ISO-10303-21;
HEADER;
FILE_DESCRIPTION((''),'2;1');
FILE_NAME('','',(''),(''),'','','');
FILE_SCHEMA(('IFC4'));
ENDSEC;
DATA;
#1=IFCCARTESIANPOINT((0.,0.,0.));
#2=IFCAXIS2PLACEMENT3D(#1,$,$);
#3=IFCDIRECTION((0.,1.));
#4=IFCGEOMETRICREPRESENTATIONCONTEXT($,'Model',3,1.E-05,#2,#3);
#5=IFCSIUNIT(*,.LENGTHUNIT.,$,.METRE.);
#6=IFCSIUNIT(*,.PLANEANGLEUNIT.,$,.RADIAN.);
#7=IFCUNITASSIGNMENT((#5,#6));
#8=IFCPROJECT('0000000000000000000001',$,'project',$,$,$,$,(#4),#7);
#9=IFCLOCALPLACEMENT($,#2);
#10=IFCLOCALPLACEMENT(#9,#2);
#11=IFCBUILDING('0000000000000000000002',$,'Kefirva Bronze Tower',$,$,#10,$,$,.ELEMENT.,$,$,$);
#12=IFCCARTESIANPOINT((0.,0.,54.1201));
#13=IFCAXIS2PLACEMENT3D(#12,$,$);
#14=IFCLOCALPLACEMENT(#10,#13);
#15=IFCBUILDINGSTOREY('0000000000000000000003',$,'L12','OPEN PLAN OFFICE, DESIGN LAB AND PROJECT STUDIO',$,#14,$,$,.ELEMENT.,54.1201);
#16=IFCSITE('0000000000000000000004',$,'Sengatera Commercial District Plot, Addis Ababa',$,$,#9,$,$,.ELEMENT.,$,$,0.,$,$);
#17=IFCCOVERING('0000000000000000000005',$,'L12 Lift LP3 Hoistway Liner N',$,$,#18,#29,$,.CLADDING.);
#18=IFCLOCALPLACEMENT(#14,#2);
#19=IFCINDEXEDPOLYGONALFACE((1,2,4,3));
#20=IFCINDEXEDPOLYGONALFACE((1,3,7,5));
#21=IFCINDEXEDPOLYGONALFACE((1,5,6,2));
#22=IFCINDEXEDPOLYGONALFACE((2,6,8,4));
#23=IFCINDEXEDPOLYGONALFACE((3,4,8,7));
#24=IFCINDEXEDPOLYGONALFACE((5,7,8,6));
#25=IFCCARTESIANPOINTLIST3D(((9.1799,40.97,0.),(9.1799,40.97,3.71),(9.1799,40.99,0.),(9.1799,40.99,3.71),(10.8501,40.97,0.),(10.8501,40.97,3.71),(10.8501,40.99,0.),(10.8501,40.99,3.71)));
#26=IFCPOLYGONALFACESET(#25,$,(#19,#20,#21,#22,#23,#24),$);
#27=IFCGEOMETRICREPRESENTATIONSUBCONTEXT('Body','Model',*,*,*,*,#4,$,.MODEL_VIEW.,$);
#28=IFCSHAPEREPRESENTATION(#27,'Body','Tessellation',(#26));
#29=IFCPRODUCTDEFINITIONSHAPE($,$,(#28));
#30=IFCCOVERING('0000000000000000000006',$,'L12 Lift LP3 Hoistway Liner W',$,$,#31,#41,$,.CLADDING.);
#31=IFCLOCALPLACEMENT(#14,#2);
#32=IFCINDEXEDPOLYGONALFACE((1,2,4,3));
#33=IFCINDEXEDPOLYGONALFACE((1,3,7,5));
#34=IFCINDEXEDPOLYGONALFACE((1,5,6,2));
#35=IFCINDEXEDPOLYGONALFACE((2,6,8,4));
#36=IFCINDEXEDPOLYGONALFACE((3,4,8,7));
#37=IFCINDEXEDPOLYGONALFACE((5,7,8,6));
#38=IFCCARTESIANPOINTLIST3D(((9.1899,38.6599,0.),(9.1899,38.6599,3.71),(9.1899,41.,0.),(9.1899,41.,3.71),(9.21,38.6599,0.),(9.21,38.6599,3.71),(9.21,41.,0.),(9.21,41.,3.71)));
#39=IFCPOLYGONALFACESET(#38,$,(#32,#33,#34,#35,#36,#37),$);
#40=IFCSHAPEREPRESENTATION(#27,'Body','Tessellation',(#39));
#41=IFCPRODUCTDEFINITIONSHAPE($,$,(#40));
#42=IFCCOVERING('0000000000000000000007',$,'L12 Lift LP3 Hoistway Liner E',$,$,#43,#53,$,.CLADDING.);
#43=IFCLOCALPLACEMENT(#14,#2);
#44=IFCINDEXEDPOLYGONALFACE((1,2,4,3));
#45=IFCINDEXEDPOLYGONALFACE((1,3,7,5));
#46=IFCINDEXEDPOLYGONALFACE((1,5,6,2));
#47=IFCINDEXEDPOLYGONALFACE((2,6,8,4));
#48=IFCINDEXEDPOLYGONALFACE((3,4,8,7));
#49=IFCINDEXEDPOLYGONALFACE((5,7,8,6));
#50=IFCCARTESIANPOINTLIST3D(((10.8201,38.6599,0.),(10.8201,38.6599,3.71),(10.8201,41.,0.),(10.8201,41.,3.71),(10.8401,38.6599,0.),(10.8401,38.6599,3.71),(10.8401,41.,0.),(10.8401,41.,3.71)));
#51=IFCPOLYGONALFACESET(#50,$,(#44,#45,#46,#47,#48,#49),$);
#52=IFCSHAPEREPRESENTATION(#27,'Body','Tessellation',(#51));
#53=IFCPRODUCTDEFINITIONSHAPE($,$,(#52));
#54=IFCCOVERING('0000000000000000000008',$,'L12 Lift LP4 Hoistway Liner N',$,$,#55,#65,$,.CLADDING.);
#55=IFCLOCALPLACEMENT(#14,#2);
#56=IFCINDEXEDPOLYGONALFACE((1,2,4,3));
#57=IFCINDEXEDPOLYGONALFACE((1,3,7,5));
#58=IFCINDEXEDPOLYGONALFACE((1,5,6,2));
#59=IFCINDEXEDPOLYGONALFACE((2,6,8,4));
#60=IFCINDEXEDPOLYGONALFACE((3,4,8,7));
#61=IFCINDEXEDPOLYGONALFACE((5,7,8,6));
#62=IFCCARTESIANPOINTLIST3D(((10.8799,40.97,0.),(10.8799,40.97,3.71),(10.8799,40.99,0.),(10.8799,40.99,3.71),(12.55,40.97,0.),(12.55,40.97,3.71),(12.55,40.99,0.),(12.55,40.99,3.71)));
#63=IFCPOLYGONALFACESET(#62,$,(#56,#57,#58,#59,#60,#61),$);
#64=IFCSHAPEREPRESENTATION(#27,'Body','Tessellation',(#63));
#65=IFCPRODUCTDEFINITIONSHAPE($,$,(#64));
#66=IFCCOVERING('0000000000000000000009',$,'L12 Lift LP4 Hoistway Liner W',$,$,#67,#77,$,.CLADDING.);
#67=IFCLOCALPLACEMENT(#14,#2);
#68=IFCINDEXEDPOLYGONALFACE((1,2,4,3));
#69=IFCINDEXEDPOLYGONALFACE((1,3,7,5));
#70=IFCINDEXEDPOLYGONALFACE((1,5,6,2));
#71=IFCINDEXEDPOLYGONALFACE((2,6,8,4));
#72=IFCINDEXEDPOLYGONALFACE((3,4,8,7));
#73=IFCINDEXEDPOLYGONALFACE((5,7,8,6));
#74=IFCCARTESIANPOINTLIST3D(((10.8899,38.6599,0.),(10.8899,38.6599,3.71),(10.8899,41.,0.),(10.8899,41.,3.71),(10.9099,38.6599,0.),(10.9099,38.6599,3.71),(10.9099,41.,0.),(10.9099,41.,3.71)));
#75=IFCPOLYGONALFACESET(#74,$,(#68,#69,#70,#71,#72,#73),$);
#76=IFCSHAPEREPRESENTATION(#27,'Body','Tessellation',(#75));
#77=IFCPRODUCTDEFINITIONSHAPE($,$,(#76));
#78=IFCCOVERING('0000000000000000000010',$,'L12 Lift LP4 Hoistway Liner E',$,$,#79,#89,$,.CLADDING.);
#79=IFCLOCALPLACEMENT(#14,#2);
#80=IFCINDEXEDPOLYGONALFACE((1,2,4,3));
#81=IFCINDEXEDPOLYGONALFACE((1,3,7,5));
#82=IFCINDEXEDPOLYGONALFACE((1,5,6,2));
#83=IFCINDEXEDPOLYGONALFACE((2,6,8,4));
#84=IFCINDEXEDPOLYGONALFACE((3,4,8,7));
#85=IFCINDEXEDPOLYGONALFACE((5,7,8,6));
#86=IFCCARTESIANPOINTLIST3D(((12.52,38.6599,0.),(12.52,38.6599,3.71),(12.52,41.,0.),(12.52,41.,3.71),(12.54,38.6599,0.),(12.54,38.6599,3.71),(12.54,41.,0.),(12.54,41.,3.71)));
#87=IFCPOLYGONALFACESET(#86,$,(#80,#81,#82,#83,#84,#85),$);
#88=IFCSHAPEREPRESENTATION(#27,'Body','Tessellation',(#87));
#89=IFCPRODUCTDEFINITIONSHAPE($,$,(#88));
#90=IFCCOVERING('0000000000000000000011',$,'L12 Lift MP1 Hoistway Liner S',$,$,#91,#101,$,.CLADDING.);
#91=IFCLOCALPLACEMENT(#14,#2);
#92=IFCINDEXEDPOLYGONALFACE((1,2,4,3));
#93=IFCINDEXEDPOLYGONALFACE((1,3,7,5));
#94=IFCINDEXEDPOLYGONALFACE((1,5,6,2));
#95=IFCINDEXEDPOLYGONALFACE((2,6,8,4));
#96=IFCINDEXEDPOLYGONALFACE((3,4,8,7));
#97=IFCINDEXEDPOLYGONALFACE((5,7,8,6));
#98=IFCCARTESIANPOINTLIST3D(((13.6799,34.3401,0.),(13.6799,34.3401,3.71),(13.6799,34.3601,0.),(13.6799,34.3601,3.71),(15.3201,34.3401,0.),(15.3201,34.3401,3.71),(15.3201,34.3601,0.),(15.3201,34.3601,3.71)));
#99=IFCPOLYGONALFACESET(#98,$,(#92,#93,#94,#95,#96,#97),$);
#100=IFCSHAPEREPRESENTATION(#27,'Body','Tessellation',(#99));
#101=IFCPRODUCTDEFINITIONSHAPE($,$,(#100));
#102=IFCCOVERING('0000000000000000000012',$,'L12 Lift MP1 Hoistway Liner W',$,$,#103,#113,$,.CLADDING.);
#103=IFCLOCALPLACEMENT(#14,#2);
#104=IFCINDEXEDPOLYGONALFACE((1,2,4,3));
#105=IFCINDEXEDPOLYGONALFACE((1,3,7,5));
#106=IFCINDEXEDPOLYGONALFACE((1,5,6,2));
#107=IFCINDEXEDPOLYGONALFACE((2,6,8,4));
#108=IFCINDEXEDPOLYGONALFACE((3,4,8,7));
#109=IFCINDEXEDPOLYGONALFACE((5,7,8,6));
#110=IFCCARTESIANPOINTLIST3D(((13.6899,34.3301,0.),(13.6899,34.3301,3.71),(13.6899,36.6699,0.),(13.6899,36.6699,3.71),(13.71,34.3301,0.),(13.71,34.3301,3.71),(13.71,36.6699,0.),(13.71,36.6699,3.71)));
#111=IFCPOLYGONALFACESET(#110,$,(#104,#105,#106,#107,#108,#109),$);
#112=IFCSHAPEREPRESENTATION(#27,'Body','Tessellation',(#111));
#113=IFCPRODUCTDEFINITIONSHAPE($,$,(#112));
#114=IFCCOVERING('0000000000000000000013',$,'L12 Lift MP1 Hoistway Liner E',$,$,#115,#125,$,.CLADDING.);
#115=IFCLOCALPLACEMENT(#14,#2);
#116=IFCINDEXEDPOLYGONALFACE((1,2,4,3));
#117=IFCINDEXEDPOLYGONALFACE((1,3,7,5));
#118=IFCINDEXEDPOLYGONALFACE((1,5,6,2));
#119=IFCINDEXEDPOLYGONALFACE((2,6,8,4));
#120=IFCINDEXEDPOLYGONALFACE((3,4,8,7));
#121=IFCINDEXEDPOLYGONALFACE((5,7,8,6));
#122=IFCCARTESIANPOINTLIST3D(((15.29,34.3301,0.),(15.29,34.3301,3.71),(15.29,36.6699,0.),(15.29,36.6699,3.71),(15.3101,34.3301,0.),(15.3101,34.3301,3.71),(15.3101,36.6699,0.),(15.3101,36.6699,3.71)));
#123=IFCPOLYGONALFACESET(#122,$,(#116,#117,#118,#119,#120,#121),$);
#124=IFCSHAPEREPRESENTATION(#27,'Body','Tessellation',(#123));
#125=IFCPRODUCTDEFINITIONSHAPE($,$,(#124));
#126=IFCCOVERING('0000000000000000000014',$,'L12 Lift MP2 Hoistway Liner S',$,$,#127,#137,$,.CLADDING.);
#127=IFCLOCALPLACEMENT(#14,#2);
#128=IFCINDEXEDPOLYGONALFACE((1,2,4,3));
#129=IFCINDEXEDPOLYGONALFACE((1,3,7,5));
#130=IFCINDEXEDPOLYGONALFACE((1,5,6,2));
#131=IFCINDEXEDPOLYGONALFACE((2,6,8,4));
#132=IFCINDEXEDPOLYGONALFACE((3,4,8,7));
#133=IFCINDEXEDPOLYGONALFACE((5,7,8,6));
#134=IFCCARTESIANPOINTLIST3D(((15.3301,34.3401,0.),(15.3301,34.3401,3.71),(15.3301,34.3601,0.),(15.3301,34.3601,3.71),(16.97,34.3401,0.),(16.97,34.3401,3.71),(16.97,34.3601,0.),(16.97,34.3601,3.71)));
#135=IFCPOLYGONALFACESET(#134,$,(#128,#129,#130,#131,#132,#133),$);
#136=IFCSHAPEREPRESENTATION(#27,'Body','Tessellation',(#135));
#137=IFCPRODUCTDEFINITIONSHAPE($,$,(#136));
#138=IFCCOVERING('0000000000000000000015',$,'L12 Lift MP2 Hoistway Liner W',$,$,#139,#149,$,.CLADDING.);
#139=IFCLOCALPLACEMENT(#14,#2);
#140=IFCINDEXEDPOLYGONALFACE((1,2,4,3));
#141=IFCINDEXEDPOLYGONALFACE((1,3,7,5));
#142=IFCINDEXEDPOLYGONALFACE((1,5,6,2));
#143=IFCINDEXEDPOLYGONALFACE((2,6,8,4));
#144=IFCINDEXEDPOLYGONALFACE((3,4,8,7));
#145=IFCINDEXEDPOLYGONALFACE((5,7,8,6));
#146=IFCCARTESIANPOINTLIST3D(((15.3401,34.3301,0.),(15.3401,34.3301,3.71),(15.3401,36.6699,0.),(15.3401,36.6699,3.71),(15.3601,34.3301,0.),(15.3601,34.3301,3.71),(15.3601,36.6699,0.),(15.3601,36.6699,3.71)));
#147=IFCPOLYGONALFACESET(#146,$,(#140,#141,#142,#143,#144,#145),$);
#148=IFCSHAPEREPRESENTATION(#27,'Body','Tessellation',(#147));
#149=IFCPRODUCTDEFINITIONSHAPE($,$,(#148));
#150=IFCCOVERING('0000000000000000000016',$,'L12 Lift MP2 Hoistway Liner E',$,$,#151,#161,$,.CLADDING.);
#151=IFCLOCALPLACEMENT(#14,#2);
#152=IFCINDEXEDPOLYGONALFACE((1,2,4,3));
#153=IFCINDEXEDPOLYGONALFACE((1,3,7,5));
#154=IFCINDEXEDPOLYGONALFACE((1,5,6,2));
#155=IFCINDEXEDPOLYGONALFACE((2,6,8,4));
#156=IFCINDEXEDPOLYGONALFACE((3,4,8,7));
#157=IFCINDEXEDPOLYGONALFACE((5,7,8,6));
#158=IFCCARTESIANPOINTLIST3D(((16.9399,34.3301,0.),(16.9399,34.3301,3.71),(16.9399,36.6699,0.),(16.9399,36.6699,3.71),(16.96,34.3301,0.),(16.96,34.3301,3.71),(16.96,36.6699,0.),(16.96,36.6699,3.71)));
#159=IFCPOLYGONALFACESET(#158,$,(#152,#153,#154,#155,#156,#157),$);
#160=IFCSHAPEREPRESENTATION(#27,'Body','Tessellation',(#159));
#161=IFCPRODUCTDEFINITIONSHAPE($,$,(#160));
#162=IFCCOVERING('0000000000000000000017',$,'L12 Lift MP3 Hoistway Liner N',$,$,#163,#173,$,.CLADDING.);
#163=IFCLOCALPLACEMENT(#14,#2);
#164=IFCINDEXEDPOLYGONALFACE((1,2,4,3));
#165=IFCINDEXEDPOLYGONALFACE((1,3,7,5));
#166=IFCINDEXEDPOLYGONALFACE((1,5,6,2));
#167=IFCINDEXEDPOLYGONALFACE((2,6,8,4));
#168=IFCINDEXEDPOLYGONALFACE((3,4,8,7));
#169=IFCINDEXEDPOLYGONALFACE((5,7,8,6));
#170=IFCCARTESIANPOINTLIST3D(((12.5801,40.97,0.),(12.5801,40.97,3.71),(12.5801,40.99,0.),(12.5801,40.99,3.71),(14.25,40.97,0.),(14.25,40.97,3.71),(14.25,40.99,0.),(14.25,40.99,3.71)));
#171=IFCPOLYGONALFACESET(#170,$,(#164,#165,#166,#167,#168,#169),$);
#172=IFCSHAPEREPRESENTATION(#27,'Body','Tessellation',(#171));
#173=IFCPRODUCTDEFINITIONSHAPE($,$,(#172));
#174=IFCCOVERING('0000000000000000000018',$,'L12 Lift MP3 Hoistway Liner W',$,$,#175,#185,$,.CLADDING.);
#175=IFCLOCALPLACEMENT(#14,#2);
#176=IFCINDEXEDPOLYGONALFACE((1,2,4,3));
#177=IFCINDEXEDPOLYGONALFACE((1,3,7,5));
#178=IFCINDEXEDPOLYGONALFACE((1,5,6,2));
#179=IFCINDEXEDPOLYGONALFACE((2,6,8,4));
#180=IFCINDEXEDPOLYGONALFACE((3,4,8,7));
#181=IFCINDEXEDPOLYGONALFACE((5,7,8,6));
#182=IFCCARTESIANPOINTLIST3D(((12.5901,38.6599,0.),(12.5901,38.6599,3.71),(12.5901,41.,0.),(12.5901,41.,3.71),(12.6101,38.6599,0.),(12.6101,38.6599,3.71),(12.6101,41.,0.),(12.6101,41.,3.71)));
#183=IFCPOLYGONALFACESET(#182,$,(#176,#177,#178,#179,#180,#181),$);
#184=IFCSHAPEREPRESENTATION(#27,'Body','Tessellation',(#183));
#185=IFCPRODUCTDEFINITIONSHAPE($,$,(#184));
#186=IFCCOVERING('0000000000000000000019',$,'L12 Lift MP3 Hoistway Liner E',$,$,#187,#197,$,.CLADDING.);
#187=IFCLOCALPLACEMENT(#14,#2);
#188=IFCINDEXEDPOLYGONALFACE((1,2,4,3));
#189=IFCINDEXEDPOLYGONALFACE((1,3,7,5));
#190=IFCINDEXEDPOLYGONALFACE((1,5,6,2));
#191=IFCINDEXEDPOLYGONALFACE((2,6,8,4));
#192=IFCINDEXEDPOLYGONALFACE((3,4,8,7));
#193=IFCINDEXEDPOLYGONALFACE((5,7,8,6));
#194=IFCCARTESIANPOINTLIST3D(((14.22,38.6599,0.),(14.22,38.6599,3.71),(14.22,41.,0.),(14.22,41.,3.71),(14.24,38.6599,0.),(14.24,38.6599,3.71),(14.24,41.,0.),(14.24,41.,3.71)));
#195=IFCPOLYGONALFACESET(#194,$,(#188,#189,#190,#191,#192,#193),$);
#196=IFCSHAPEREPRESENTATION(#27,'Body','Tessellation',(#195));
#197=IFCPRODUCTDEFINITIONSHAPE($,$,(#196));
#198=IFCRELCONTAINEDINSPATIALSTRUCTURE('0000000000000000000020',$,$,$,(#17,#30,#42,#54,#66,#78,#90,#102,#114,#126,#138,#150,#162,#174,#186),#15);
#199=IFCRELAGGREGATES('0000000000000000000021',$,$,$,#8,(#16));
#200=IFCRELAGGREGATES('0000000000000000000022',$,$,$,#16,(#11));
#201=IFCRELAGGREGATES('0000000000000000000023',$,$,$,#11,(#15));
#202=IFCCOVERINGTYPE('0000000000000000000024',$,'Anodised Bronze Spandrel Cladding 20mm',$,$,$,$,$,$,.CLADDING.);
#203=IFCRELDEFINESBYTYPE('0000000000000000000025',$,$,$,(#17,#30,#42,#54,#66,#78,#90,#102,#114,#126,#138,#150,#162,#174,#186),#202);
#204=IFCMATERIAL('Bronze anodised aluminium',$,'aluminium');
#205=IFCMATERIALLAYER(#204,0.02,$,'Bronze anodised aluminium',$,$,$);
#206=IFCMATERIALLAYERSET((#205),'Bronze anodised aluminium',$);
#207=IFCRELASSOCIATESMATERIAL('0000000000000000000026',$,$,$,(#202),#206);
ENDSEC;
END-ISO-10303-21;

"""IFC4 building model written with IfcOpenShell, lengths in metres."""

from ifc_helpers import new_model, si_unit, direction, frame, origin, place, context, subcontext, project, spatial, polyline, outline, extrude, material, layer, layer_set, type_object, element, save


model = new_model("IFC4")

# Units and contexts
model_context = context("Model", 3, precision=1e-05, world=origin(), true_north=direction((0.0, 1.0)))
body_context = subcontext(model_context, "Body", "Model", "MODEL_VIEW")
ifc_project = project(units=[si_unit("LENGTHUNIT", "METRE"), si_unit("PLANEANGLEUNIT", "RADIAN")], contexts=[model_context])

# Site, building, storey
site_placement = place(None, origin())
site = spatial("IfcSite", under=ifc_project, at=site_placement, Name="Sengatera Commercial District Plot, Addis Ababa", CompositionType="ELEMENT", RefElevation=0.0)
building_placement = place(site_placement, origin())
building = spatial("IfcBuilding", under=site, at=building_placement, Name="Kefirva Bronze Tower", CompositionType="ELEMENT")
storey_placement = place(building_placement, frame((0.0, 0.0, 54.1201)))
storey = spatial("IfcBuildingStorey", under=building, at=storey_placement, Name="L12", Description="OPEN PLAN OFFICE, DESIGN LAB AND PROJECT STUDIO", CompositionType="ELEMENT", Elevation=54.1201)

# Coverings
ifc_material = material(Name="Bronze anodised aluminium", Category="aluminium")
ifc_layer_1 = layer(ifc_material, 0.02, Name="Bronze anodised aluminium")
ifc_layer_set_1 = layer_set([ifc_layer_1], Name="Bronze anodised aluminium")
covering_type_1 = type_object("IfcCoveringType", Name="Anodised Bronze Spandrel Cladding 20mm", PredefinedType="CLADDING", material=ifc_layer_set_1)
covering_1_placement = place(storey_placement, origin())
element("IfcCovering", 1, at=covering_1_placement, inside=storey, type_object=covering_type_1, Name="L12 Lift LP3 Hoistway Liner N", PredefinedType="CLADDING", context=body_context, shape_type="SweptSolid", body=[
    extrude(outline(polyline([(9.1799, 40.97), (10.8501, 40.97), (10.8501, 40.99), (9.1799, 40.99), (9.1799, 40.97)])), origin(), (0.0, 0.0, 1.0), 3.71),
])
covering_2_placement = place(storey_placement, origin())
element("IfcCovering", 2, at=covering_2_placement, inside=storey, type_object=covering_type_1, Name="L12 Lift LP3 Hoistway Liner W", PredefinedType="CLADDING", context=body_context, shape_type="SweptSolid", body=[
    extrude(outline(polyline([(9.1899, 38.6599), (9.21, 38.6599), (9.21, 41.0), (9.1899, 41.0), (9.1899, 38.6599)])), origin(), (0.0, 0.0, 1.0), 3.71),
])
covering_3_placement = place(storey_placement, origin())
element("IfcCovering", 3, at=covering_3_placement, inside=storey, type_object=covering_type_1, Name="L12 Lift LP3 Hoistway Liner E", PredefinedType="CLADDING", context=body_context, shape_type="SweptSolid", body=[
    extrude(outline(polyline([(10.8201, 38.6599), (10.8401, 38.6599), (10.8401, 41.0), (10.8201, 41.0), (10.8201, 38.6599)])), origin(), (0.0, 0.0, 1.0), 3.71),
])
covering_4_placement = place(storey_placement, origin())
element("IfcCovering", 4, at=covering_4_placement, inside=storey, type_object=covering_type_1, Name="L12 Lift LP4 Hoistway Liner N", PredefinedType="CLADDING", context=body_context, shape_type="SweptSolid", body=[
    extrude(outline(polyline([(10.8799, 40.97), (12.55, 40.97), (12.55, 40.99), (10.8799, 40.99), (10.8799, 40.97)])), origin(), (0.0, 0.0, 1.0), 3.71),
])
covering_5_placement = place(storey_placement, origin())
element("IfcCovering", 5, at=covering_5_placement, inside=storey, type_object=covering_type_1, Name="L12 Lift LP4 Hoistway Liner W", PredefinedType="CLADDING", context=body_context, shape_type="SweptSolid", body=[
    extrude(outline(polyline([(10.8899, 38.6599), (10.9099, 38.6599), (10.9099, 41.0), (10.8899, 41.0), (10.8899, 38.6599)])), origin(), (0.0, 0.0, 1.0), 3.71),
])
covering_6_placement = place(storey_placement, origin())
element("IfcCovering", 6, at=covering_6_placement, inside=storey, type_object=covering_type_1, Name="L12 Lift LP4 Hoistway Liner E", PredefinedType="CLADDING", context=body_context, shape_type="SweptSolid", body=[
    extrude(outline(polyline([(12.52, 38.6599), (12.54, 38.6599), (12.54, 41.0), (12.52, 41.0), (12.52, 38.6599)])), origin(), (0.0, 0.0, 1.0), 3.71),
])
covering_7_placement = place(storey_placement, origin())
element("IfcCovering", 7, at=covering_7_placement, inside=storey, type_object=covering_type_1, Name="L12 Lift MP1 Hoistway Liner S", PredefinedType="CLADDING", context=body_context, shape_type="SweptSolid", body=[
    extrude(outline(polyline([(13.6799, 34.3401), (15.3201, 34.3401), (15.3201, 34.3601), (13.6799, 34.3601), (13.6799, 34.3401)])), origin(), (0.0, 0.0, 1.0), 3.71),
])
covering_8_placement = place(storey_placement, origin())
element("IfcCovering", 8, at=covering_8_placement, inside=storey, type_object=covering_type_1, Name="L12 Lift MP1 Hoistway Liner W", PredefinedType="CLADDING", context=body_context, shape_type="SweptSolid", body=[
    extrude(outline(polyline([(13.6899, 34.3301), (13.71, 34.3301), (13.71, 36.6699), (13.6899, 36.6699), (13.6899, 34.3301)])), origin(), (0.0, 0.0, 1.0), 3.71),
])
covering_9_placement = place(storey_placement, origin())
element("IfcCovering", 9, at=covering_9_placement, inside=storey, type_object=covering_type_1, Name="L12 Lift MP1 Hoistway Liner E", PredefinedType="CLADDING", context=body_context, shape_type="SweptSolid", body=[
    extrude(outline(polyline([(15.29, 34.3301), (15.3101, 34.3301), (15.3101, 36.6699), (15.29, 36.6699), (15.29, 34.3301)])), origin(), (0.0, 0.0, 1.0), 3.71),
])
covering_10_placement = place(storey_placement, origin())
element("IfcCovering", 10, at=covering_10_placement, inside=storey, type_object=covering_type_1, Name="L12 Lift MP2 Hoistway Liner S", PredefinedType="CLADDING", context=body_context, shape_type="SweptSolid", body=[
    extrude(outline(polyline([(15.3301, 34.3401), (16.97, 34.3401), (16.97, 34.3601), (15.3301, 34.3601), (15.3301, 34.3401)])), origin(), (0.0, 0.0, 1.0), 3.71),
])
covering_11_placement = place(storey_placement, origin())
element("IfcCovering", 11, at=covering_11_placement, inside=storey, type_object=covering_type_1, Name="L12 Lift MP2 Hoistway Liner W", PredefinedType="CLADDING", context=body_context, shape_type="SweptSolid", body=[
    extrude(outline(polyline([(15.3401, 34.3301), (15.3601, 34.3301), (15.3601, 36.6699), (15.3401, 36.6699), (15.3401, 34.3301)])), origin(), (0.0, 0.0, 1.0), 3.71),
])
covering_12_placement = place(storey_placement, origin())
element("IfcCovering", 12, at=covering_12_placement, inside=storey, type_object=covering_type_1, Name="L12 Lift MP2 Hoistway Liner E", PredefinedType="CLADDING", context=body_context, shape_type="SweptSolid", body=[
    extrude(outline(polyline([(16.9399, 34.3301), (16.96, 34.3301), (16.96, 36.6699), (16.9399, 36.6699), (16.9399, 34.3301)])), origin(), (0.0, 0.0, 1.0), 3.71),
])
covering_13_placement = place(storey_placement, origin())
element("IfcCovering", 13, at=covering_13_placement, inside=storey, type_object=covering_type_1, Name="L12 Lift MP3 Hoistway Liner N", PredefinedType="CLADDING", context=body_context, shape_type="SweptSolid", body=[
    extrude(outline(polyline([(12.5801, 40.97), (14.25, 40.97), (14.25, 40.99), (12.5801, 40.99), (12.5801, 40.97)])), origin(), (0.0, 0.0, 1.0), 3.71),
])
covering_14_placement = place(storey_placement, origin())
element("IfcCovering", 14, at=covering_14_placement, inside=storey, type_object=covering_type_1, Name="L12 Lift MP3 Hoistway Liner W", PredefinedType="CLADDING", context=body_context, shape_type="SweptSolid", body=[
    extrude(outline(polyline([(12.5901, 38.6599), (12.6101, 38.6599), (12.6101, 41.0), (12.5901, 41.0), (12.5901, 38.6599)])), origin(), (0.0, 0.0, 1.0), 3.71),
])
covering_15_placement = place(storey_placement, origin())
element("IfcCovering", 15, at=covering_15_placement, inside=storey, type_object=covering_type_1, Name="L12 Lift MP3 Hoistway Liner E", PredefinedType="CLADDING", context=body_context, shape_type="SweptSolid", body=[
    extrude(outline(polyline([(14.22, 38.6599), (14.24, 38.6599), (14.24, 41.0), (14.22, 41.0), (14.22, 38.6599)])), origin(), (0.0, 0.0, 1.0), 3.71),
])

save(model, "model.ifc")
